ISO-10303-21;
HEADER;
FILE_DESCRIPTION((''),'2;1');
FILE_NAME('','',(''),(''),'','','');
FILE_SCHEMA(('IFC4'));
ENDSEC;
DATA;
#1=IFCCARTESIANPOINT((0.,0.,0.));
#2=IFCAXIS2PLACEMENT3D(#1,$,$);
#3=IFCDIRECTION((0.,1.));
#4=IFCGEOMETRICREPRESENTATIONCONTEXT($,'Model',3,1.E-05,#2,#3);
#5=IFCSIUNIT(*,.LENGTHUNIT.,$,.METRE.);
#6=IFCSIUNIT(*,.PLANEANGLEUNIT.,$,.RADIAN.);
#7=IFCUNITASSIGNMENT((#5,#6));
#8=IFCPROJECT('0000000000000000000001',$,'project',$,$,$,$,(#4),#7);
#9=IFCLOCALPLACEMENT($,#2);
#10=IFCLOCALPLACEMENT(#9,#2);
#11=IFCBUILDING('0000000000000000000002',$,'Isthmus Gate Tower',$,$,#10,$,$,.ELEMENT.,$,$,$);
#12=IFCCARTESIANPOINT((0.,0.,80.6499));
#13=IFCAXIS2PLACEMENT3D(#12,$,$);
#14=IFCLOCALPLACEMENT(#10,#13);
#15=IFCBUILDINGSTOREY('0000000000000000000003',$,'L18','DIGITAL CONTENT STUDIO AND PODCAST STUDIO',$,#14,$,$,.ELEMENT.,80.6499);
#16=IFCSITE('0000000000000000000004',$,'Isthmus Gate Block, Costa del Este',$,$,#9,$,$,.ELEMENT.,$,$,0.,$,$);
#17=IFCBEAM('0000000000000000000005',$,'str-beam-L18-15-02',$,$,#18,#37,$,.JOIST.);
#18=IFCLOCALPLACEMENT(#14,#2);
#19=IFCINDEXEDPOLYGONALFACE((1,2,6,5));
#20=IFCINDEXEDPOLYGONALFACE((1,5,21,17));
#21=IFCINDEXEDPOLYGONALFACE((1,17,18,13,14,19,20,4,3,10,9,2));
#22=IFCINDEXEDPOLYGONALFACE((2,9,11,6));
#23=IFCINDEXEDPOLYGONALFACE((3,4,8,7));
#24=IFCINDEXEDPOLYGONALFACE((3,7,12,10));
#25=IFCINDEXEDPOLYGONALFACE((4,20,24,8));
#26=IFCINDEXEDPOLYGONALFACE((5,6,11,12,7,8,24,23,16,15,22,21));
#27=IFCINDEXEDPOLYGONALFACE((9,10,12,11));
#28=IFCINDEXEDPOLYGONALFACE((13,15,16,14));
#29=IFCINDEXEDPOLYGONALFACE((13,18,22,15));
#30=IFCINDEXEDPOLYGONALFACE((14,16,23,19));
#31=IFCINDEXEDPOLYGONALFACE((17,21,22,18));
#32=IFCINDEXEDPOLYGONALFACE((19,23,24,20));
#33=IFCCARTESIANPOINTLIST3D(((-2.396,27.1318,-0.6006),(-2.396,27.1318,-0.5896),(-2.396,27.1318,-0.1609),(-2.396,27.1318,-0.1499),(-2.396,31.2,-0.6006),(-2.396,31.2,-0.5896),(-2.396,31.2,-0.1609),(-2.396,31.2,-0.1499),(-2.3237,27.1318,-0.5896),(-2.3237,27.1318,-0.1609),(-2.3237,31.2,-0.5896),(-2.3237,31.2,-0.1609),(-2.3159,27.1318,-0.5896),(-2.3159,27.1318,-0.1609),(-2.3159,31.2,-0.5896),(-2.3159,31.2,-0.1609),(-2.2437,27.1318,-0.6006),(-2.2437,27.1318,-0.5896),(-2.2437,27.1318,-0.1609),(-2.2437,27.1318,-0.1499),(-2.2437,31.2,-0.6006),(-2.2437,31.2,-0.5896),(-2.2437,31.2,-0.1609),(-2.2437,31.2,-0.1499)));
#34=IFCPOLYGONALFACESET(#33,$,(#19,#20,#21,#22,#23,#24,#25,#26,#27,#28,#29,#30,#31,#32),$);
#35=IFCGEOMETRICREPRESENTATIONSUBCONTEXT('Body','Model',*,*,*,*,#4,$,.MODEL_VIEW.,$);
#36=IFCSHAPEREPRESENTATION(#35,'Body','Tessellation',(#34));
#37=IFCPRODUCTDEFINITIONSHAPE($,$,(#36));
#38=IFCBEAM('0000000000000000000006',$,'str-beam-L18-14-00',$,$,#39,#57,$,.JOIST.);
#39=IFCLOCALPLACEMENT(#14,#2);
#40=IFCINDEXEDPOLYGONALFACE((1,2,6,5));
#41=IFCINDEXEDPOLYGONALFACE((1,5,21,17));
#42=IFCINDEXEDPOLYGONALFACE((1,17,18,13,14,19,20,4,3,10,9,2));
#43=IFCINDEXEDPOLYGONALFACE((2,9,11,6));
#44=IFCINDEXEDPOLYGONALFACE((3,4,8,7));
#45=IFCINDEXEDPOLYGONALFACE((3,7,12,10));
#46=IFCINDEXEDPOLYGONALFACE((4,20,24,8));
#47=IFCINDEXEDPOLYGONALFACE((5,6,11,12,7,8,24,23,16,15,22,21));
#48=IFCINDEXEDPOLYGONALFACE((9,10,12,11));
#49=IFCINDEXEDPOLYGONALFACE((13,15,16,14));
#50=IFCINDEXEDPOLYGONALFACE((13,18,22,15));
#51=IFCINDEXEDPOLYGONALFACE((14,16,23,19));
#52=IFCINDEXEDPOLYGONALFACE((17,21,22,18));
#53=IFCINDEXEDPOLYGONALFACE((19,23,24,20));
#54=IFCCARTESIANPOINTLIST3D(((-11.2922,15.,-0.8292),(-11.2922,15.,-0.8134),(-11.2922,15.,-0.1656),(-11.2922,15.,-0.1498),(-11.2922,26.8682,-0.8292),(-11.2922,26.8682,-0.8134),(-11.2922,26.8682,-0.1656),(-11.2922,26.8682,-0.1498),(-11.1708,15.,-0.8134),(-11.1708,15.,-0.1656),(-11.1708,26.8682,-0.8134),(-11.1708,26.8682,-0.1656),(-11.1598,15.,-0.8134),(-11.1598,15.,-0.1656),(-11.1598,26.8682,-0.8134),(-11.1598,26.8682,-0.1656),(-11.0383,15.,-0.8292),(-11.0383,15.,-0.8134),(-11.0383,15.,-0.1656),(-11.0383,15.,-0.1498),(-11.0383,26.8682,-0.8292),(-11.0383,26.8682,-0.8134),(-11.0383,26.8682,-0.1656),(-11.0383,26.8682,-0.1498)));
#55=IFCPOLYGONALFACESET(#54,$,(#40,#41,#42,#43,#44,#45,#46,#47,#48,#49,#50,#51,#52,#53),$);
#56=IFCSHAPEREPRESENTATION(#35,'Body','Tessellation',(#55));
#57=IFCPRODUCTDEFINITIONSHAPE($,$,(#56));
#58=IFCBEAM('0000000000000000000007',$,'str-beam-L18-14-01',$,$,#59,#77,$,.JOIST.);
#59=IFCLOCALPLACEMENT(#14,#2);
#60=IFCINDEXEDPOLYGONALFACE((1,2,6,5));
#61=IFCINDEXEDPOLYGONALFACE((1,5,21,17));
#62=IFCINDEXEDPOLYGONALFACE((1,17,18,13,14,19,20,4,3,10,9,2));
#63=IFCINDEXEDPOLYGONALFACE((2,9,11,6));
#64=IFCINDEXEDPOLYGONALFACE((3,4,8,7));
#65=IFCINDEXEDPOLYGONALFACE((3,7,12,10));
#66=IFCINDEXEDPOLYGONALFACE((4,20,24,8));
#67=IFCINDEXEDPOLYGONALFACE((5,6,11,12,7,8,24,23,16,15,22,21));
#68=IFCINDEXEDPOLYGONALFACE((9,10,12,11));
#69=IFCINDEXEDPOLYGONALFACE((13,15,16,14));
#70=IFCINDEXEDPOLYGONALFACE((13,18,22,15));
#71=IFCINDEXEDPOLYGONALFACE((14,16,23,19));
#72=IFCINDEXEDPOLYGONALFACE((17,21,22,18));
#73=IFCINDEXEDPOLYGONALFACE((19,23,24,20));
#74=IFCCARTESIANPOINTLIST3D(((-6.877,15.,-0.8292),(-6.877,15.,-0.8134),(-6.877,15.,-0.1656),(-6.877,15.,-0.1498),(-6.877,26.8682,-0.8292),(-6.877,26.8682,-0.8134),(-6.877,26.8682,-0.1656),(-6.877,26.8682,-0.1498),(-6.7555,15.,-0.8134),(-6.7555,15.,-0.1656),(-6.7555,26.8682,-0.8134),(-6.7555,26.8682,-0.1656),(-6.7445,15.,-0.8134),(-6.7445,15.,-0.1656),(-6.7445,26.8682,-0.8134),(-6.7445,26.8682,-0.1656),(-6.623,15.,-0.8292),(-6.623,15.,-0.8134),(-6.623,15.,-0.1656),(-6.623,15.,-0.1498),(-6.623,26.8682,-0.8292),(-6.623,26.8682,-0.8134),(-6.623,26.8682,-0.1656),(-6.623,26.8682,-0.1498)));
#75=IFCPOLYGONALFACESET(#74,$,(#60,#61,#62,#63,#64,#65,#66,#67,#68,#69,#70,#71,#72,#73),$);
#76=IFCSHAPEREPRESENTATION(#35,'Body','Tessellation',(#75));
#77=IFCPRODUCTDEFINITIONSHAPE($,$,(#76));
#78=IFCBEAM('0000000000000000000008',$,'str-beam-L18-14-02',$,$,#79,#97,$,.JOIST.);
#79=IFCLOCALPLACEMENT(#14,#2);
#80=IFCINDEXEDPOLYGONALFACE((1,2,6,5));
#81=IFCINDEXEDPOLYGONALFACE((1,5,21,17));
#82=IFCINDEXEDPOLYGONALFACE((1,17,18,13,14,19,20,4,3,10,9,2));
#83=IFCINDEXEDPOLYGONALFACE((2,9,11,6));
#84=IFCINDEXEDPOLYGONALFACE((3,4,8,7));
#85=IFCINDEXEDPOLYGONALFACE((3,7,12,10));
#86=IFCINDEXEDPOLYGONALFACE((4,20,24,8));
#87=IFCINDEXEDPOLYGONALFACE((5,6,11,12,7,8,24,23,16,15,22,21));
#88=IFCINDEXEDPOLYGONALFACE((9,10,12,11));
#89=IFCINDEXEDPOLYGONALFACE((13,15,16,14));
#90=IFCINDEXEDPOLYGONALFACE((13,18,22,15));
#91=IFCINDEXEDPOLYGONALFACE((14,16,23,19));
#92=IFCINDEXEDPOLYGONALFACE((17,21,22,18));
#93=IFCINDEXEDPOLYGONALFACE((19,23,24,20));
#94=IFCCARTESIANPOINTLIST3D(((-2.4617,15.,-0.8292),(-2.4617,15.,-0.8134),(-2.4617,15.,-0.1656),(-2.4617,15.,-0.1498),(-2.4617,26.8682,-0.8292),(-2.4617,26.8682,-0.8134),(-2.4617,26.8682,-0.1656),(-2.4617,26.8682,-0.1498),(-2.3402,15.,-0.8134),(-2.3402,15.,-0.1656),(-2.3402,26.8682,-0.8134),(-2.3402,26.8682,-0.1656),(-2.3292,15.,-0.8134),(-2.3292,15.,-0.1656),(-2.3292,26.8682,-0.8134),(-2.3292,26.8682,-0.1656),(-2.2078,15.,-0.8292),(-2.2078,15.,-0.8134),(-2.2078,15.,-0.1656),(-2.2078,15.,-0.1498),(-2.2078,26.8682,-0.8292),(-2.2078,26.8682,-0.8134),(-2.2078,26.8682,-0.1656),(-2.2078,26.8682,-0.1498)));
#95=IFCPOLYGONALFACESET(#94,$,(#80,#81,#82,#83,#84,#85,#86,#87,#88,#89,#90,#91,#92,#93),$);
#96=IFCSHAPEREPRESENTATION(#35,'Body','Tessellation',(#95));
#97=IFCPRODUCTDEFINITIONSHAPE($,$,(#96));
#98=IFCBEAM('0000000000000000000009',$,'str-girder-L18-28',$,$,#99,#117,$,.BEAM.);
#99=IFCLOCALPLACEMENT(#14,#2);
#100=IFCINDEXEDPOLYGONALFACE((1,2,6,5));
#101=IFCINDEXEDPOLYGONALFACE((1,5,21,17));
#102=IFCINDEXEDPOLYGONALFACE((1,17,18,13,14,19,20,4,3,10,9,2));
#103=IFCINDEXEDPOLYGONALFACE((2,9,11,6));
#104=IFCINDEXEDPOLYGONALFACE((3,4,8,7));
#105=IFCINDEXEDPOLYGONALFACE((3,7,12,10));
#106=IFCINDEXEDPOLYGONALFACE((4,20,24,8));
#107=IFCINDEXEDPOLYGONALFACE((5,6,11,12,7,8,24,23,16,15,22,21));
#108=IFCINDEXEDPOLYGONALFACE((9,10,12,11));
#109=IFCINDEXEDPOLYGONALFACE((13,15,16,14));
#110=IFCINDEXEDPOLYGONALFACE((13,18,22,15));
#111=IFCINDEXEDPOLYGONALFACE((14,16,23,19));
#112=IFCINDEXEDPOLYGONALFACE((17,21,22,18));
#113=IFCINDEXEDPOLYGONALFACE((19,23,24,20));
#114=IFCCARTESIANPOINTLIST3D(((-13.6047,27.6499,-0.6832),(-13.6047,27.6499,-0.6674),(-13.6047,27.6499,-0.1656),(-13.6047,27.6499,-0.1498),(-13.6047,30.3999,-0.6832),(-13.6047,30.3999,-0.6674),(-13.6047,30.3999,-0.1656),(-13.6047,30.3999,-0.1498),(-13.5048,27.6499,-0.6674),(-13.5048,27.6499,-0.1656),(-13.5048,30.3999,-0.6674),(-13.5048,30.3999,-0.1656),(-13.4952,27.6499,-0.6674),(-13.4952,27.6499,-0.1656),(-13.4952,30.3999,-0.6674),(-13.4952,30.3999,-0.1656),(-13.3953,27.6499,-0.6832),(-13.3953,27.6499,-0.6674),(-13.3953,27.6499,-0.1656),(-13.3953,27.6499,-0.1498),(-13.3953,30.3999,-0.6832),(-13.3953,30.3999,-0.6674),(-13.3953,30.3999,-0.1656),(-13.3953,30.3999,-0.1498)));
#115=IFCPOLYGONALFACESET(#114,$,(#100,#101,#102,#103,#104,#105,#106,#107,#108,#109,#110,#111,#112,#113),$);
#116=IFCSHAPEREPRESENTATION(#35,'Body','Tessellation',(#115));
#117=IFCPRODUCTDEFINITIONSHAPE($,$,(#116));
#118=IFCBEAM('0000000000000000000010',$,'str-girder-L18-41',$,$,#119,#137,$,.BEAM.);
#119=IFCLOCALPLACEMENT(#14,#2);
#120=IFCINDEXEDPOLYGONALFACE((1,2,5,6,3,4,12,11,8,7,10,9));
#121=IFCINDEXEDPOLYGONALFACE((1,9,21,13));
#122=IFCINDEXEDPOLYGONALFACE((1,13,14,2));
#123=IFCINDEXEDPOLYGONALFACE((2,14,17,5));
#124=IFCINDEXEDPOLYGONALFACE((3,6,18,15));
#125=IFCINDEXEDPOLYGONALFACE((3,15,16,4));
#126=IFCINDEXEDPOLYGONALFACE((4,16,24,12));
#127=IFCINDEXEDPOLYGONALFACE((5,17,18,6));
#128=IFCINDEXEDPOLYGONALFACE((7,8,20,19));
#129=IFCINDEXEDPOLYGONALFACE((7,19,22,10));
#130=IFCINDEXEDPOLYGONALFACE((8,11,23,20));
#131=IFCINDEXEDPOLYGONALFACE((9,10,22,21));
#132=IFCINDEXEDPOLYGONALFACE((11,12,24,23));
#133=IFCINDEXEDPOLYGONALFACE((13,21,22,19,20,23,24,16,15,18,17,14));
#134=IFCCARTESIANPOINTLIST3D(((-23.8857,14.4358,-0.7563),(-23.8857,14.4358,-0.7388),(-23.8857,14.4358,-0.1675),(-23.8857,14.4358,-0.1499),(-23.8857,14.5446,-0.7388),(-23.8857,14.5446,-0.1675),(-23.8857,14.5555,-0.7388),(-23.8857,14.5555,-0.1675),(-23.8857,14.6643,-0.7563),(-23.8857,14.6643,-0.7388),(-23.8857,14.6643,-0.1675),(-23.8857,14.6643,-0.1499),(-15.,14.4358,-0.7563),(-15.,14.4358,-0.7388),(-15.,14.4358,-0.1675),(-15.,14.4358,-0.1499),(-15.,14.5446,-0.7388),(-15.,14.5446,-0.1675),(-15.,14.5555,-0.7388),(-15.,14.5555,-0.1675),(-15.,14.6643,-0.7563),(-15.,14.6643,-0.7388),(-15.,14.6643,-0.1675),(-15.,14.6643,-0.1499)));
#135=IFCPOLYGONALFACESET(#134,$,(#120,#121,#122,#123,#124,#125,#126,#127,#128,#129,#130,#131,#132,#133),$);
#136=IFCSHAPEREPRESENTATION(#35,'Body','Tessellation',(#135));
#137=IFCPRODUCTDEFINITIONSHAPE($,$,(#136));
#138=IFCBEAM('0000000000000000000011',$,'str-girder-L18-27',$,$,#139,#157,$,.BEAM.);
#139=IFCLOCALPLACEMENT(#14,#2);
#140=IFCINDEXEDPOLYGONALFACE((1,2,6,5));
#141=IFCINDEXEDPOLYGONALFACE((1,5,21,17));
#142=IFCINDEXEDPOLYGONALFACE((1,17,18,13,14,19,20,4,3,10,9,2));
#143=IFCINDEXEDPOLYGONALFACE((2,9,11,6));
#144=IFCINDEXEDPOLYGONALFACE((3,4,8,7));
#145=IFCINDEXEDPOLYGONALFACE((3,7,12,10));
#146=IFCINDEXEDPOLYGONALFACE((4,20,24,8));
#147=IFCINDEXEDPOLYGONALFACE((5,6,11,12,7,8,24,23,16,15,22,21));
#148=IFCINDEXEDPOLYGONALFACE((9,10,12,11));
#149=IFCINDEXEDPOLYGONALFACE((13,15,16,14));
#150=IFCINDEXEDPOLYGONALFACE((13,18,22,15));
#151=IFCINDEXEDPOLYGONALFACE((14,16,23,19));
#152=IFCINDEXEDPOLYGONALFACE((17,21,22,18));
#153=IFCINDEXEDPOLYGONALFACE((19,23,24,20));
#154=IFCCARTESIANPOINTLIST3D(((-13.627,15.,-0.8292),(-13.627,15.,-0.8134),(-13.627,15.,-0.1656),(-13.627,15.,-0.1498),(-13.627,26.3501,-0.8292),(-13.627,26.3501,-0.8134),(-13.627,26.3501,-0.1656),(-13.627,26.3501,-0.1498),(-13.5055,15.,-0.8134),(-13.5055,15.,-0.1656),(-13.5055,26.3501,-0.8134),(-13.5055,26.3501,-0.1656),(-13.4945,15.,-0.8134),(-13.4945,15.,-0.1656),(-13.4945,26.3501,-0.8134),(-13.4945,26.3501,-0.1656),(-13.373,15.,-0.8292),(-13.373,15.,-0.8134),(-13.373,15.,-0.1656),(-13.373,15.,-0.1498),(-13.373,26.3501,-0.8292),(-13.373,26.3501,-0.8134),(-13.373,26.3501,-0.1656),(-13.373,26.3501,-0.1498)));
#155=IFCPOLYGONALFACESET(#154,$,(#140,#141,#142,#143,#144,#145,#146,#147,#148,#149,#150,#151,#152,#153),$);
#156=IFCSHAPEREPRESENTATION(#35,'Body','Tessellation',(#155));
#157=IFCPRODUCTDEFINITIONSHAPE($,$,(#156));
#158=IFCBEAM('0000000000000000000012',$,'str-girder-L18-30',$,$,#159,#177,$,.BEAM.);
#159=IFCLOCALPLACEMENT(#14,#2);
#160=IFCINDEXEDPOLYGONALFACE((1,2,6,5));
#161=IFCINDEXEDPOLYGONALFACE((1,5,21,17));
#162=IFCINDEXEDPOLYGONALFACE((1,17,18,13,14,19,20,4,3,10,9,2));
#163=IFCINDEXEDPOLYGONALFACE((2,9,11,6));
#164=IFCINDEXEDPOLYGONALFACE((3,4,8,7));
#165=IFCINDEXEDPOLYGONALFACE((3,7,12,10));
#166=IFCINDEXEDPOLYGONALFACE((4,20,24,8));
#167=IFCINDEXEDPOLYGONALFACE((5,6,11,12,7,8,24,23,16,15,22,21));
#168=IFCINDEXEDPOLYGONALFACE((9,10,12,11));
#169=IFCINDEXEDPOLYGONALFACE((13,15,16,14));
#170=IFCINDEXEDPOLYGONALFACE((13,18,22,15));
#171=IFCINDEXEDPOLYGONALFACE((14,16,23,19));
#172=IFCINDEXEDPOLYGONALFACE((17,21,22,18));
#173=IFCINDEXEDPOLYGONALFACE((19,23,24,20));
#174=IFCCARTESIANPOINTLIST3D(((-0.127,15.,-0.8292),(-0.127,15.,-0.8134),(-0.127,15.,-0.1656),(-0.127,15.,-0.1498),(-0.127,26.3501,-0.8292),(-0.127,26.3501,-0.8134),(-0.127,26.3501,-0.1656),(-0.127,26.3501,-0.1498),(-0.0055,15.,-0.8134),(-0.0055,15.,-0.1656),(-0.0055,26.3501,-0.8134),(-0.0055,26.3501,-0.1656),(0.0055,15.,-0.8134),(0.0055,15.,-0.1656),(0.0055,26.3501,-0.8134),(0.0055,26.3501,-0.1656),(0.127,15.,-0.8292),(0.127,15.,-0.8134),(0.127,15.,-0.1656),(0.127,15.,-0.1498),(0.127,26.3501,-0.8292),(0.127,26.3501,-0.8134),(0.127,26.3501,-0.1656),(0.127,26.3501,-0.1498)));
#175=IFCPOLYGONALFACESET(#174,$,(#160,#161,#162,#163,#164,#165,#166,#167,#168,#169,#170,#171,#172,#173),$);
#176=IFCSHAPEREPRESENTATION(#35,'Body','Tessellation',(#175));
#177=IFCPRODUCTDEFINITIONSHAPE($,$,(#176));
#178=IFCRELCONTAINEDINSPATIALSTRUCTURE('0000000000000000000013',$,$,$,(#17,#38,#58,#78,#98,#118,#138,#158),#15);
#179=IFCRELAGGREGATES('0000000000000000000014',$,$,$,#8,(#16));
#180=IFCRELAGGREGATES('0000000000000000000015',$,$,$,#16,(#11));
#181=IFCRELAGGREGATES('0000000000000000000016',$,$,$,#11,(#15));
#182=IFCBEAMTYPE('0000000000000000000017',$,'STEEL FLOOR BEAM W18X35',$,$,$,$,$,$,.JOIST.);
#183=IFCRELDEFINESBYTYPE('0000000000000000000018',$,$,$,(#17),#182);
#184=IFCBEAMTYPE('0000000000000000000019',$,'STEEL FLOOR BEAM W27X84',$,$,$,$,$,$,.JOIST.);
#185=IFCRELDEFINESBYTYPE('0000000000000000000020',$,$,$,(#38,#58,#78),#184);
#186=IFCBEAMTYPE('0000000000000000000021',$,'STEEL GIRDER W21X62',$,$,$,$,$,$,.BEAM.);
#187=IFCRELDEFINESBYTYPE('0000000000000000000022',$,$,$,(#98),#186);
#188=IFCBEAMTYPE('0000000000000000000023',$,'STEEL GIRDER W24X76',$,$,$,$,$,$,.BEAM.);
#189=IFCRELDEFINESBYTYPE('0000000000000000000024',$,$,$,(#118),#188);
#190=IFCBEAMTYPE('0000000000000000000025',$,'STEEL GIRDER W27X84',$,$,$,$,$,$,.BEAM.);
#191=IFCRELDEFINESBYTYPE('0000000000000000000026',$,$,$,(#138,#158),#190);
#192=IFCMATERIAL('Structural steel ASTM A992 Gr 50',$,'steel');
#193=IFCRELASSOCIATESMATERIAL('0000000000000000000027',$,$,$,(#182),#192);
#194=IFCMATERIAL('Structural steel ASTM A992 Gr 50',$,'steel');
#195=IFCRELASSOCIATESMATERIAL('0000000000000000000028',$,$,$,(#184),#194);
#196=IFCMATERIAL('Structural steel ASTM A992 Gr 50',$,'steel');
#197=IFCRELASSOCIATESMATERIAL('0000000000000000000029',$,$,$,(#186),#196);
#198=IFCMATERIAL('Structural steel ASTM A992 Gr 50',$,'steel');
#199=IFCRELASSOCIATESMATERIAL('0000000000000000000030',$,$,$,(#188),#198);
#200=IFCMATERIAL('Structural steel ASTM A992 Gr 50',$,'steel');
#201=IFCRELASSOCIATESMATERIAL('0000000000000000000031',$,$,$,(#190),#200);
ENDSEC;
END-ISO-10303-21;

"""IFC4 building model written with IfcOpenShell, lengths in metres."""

from ifc_helpers import new_model, si_unit, direction, frame, origin, origin_2d, place, context, subcontext, project, spatial, i_section, extrude, material, material_profile, profile_set, type_object, element, save


model = new_model("IFC4")

# Units and contexts
model_context = context("Model", 3, precision=1e-05, world=origin(), true_north=direction((0.0, 1.0)))
body_context = subcontext(model_context, "Body", "Model", "MODEL_VIEW")
ifc_project = project(units=[si_unit("LENGTHUNIT", "METRE"), si_unit("PLANEANGLEUNIT", "RADIAN")], contexts=[model_context])

# Site, building, storey
site_placement = place(None, origin())
site = spatial("IfcSite", under=ifc_project, at=site_placement, Name="Isthmus Gate Block, Costa del Este", CompositionType="ELEMENT", RefElevation=0.0)
building_placement = place(site_placement, origin())
building = spatial("IfcBuilding", under=site, at=building_placement, Name="Isthmus Gate Tower", CompositionType="ELEMENT")
storey_placement = place(building_placement, frame((0.0, 0.0, 80.6499)))
storey = spatial("IfcBuildingStorey", under=building, at=storey_placement, Name="L18", Description="DIGITAL CONTENT STUDIO AND PODCAST STUDIO", CompositionType="ELEMENT", Elevation=80.6499)

# Beams
ifc_material_1 = material(Name="Structural steel ASTM A992 Gr 50", Category="steel")
ifc_material_profile_1 = material_profile(ifc_material_1, i_section(OverallWidth=0.1523, OverallDepth=0.4507, WebThickness=0.0078, FlangeThickness=0.011, at=origin_2d()), Name="W18X35")
ifc_profile_set_1 = profile_set([ifc_material_profile_1], Name="Structural steel ASTM A992 Gr 50")
beam_type_1 = type_object("IfcBeamType", Name="STEEL FLOOR BEAM W18X35", PredefinedType="JOIST", material=ifc_profile_set_1)
for number, where, z_axis, x_axis, name in (
    (1, (-2.3198, 27.1318, -0.3752), (0.0, 1.0, 0.0), (-1.0, 0.0, 0.0), "str-beam-L18-15-02"),
):
    element("IfcBeam", number, at=place(storey_placement, frame(where, z_axis=z_axis, x_axis=x_axis)), inside=storey, type_object=beam_type_1, Name=name, PredefinedType="JOIST", context=body_context, shape_type="SweptSolid", body=[
        extrude(i_section(OverallWidth=0.1523, OverallDepth=0.4507, WebThickness=0.0078, FlangeThickness=0.011, at=origin_2d()), origin(), (0.0, 0.0, 1.0), 4.0681),
    ])
ifc_material_2 = material(Name="Structural steel ASTM A992 Gr 50", Category="steel")
ifc_material_profile_2 = material_profile(ifc_material_2, i_section(OverallWidth=0.2539, OverallDepth=0.6794, WebThickness=0.011, FlangeThickness=0.0159, at=origin_2d()), Name="W27X84")
ifc_profile_set_2 = profile_set([ifc_material_profile_2], Name="Structural steel ASTM A992 Gr 50")
beam_type_2 = type_object("IfcBeamType", Name="STEEL FLOOR BEAM W27X84", PredefinedType="JOIST", material=ifc_profile_set_2)
for number, where, z_axis, x_axis, name in (
    (2, (-11.1653, 15.0, -0.4895), (0.0, 1.0, 0.0), (-1.0, 0.0, 0.0), "str-beam-L18-14-00"),
    (3, (-6.75, 15.0, -0.4895), (0.0, 1.0, 0.0), (-1.0, 0.0, 0.0), "str-beam-L18-14-01"),
    (4, (-2.3347, 15.0, -0.4895), (0.0, 1.0, 0.0), (-1.0, 0.0, 0.0), "str-beam-L18-14-02"),
):
    element("IfcBeam", number, at=place(storey_placement, frame(where, z_axis=z_axis, x_axis=x_axis)), inside=storey, type_object=beam_type_2, Name=name, PredefinedType="JOIST", context=body_context, shape_type="SweptSolid", body=[
        extrude(i_section(OverallWidth=0.2539, OverallDepth=0.6794, WebThickness=0.011, FlangeThickness=0.0159, at=origin_2d()), origin(), (0.0, 0.0, 1.0), 11.8682),
    ])
ifc_material_3 = material(Name="Structural steel ASTM A992 Gr 50", Category="steel")
ifc_material_profile_3 = material_profile(ifc_material_3, i_section(OverallWidth=0.2095, OverallDepth=0.5334, WebThickness=0.0095, FlangeThickness=0.0159, at=origin_2d()), Name="W21X62")
ifc_profile_set_3 = profile_set([ifc_material_profile_3], Name="Structural steel ASTM A992 Gr 50")
beam_type_3 = type_object("IfcBeamType", Name="STEEL GIRDER W21X62", PredefinedType="BEAM", material=ifc_profile_set_3)
beam_1_placement = place(storey_placement, frame((-13.5, 27.6499, -0.4165), z_axis=(0.0, 1.0, 0.0), x_axis=(-1.0, 0.0, 0.0)))
element("IfcBeam", 5, at=beam_1_placement, inside=storey, type_object=beam_type_3, Name="str-girder-L18-28", PredefinedType="BEAM", context=body_context, shape_type="SweptSolid", body=[
    extrude(i_section(OverallWidth=0.2095, OverallDepth=0.5334, WebThickness=0.0095, FlangeThickness=0.0159, at=origin_2d()), origin(), (0.0, 0.0, 1.0), 2.75),
])
ifc_material_4 = material(Name="Structural steel ASTM A992 Gr 50", Category="steel")
ifc_material_profile_4 = material_profile(ifc_material_4, i_section(OverallWidth=0.2285, OverallDepth=0.6064, WebThickness=0.011, FlangeThickness=0.0176, at=origin_2d()), Name="W24X76")
ifc_profile_set_4 = profile_set([ifc_material_profile_4], Name="Structural steel ASTM A992 Gr 50")
beam_type_4 = type_object("IfcBeamType", Name="STEEL GIRDER W24X76", PredefinedType="BEAM", material=ifc_profile_set_4)
beam_2_placement = place(storey_placement, frame((-15.0, 14.55, -0.4531), z_axis=(-1.0, 0.0, 0.0), x_axis=(0.0, -1.0, 0.0)))
element("IfcBeam", 6, at=beam_2_placement, inside=storey, type_object=beam_type_4, Name="str-girder-L18-41", PredefinedType="BEAM", context=body_context, shape_type="SweptSolid", body=[
    extrude(i_section(OverallWidth=0.2285, OverallDepth=0.6064, WebThickness=0.011, FlangeThickness=0.0176, at=origin_2d()), origin(), (0.0, 0.0, 1.0), 8.8857),
])
ifc_material_5 = material(Name="Structural steel ASTM A992 Gr 50", Category="steel")
ifc_material_profile_5 = material_profile(ifc_material_5, i_section(OverallWidth=0.2539, OverallDepth=0.6794, WebThickness=0.011, FlangeThickness=0.0159, at=origin_2d()), Name="W27X84")
ifc_profile_set_5 = profile_set([ifc_material_profile_5], Name="Structural steel ASTM A992 Gr 50")
beam_type_5 = type_object("IfcBeamType", Name="STEEL GIRDER W27X84", PredefinedType="BEAM", material=ifc_profile_set_5)
for number, where, z_axis, x_axis, name in (
    (7, (-13.5, 15.0, -0.4895), (0.0, 1.0, 0.0), (-1.0, 0.0, 0.0), "str-girder-L18-27"),
    (8, (0.0, 15.0, -0.4895), (0.0, 1.0, 0.0), (-1.0, 0.0, 0.0), "str-girder-L18-30"),
):
    element("IfcBeam", number, at=place(storey_placement, frame(where, z_axis=z_axis, x_axis=x_axis)), inside=storey, type_object=beam_type_5, Name=name, PredefinedType="BEAM", context=body_context, shape_type="SweptSolid", body=[
        extrude(i_section(OverallWidth=0.2539, OverallDepth=0.6794, WebThickness=0.011, FlangeThickness=0.0159, at=origin_2d()), origin(), (0.0, 0.0, 1.0), 11.3501),
    ])

save(model, "model.ifc")
